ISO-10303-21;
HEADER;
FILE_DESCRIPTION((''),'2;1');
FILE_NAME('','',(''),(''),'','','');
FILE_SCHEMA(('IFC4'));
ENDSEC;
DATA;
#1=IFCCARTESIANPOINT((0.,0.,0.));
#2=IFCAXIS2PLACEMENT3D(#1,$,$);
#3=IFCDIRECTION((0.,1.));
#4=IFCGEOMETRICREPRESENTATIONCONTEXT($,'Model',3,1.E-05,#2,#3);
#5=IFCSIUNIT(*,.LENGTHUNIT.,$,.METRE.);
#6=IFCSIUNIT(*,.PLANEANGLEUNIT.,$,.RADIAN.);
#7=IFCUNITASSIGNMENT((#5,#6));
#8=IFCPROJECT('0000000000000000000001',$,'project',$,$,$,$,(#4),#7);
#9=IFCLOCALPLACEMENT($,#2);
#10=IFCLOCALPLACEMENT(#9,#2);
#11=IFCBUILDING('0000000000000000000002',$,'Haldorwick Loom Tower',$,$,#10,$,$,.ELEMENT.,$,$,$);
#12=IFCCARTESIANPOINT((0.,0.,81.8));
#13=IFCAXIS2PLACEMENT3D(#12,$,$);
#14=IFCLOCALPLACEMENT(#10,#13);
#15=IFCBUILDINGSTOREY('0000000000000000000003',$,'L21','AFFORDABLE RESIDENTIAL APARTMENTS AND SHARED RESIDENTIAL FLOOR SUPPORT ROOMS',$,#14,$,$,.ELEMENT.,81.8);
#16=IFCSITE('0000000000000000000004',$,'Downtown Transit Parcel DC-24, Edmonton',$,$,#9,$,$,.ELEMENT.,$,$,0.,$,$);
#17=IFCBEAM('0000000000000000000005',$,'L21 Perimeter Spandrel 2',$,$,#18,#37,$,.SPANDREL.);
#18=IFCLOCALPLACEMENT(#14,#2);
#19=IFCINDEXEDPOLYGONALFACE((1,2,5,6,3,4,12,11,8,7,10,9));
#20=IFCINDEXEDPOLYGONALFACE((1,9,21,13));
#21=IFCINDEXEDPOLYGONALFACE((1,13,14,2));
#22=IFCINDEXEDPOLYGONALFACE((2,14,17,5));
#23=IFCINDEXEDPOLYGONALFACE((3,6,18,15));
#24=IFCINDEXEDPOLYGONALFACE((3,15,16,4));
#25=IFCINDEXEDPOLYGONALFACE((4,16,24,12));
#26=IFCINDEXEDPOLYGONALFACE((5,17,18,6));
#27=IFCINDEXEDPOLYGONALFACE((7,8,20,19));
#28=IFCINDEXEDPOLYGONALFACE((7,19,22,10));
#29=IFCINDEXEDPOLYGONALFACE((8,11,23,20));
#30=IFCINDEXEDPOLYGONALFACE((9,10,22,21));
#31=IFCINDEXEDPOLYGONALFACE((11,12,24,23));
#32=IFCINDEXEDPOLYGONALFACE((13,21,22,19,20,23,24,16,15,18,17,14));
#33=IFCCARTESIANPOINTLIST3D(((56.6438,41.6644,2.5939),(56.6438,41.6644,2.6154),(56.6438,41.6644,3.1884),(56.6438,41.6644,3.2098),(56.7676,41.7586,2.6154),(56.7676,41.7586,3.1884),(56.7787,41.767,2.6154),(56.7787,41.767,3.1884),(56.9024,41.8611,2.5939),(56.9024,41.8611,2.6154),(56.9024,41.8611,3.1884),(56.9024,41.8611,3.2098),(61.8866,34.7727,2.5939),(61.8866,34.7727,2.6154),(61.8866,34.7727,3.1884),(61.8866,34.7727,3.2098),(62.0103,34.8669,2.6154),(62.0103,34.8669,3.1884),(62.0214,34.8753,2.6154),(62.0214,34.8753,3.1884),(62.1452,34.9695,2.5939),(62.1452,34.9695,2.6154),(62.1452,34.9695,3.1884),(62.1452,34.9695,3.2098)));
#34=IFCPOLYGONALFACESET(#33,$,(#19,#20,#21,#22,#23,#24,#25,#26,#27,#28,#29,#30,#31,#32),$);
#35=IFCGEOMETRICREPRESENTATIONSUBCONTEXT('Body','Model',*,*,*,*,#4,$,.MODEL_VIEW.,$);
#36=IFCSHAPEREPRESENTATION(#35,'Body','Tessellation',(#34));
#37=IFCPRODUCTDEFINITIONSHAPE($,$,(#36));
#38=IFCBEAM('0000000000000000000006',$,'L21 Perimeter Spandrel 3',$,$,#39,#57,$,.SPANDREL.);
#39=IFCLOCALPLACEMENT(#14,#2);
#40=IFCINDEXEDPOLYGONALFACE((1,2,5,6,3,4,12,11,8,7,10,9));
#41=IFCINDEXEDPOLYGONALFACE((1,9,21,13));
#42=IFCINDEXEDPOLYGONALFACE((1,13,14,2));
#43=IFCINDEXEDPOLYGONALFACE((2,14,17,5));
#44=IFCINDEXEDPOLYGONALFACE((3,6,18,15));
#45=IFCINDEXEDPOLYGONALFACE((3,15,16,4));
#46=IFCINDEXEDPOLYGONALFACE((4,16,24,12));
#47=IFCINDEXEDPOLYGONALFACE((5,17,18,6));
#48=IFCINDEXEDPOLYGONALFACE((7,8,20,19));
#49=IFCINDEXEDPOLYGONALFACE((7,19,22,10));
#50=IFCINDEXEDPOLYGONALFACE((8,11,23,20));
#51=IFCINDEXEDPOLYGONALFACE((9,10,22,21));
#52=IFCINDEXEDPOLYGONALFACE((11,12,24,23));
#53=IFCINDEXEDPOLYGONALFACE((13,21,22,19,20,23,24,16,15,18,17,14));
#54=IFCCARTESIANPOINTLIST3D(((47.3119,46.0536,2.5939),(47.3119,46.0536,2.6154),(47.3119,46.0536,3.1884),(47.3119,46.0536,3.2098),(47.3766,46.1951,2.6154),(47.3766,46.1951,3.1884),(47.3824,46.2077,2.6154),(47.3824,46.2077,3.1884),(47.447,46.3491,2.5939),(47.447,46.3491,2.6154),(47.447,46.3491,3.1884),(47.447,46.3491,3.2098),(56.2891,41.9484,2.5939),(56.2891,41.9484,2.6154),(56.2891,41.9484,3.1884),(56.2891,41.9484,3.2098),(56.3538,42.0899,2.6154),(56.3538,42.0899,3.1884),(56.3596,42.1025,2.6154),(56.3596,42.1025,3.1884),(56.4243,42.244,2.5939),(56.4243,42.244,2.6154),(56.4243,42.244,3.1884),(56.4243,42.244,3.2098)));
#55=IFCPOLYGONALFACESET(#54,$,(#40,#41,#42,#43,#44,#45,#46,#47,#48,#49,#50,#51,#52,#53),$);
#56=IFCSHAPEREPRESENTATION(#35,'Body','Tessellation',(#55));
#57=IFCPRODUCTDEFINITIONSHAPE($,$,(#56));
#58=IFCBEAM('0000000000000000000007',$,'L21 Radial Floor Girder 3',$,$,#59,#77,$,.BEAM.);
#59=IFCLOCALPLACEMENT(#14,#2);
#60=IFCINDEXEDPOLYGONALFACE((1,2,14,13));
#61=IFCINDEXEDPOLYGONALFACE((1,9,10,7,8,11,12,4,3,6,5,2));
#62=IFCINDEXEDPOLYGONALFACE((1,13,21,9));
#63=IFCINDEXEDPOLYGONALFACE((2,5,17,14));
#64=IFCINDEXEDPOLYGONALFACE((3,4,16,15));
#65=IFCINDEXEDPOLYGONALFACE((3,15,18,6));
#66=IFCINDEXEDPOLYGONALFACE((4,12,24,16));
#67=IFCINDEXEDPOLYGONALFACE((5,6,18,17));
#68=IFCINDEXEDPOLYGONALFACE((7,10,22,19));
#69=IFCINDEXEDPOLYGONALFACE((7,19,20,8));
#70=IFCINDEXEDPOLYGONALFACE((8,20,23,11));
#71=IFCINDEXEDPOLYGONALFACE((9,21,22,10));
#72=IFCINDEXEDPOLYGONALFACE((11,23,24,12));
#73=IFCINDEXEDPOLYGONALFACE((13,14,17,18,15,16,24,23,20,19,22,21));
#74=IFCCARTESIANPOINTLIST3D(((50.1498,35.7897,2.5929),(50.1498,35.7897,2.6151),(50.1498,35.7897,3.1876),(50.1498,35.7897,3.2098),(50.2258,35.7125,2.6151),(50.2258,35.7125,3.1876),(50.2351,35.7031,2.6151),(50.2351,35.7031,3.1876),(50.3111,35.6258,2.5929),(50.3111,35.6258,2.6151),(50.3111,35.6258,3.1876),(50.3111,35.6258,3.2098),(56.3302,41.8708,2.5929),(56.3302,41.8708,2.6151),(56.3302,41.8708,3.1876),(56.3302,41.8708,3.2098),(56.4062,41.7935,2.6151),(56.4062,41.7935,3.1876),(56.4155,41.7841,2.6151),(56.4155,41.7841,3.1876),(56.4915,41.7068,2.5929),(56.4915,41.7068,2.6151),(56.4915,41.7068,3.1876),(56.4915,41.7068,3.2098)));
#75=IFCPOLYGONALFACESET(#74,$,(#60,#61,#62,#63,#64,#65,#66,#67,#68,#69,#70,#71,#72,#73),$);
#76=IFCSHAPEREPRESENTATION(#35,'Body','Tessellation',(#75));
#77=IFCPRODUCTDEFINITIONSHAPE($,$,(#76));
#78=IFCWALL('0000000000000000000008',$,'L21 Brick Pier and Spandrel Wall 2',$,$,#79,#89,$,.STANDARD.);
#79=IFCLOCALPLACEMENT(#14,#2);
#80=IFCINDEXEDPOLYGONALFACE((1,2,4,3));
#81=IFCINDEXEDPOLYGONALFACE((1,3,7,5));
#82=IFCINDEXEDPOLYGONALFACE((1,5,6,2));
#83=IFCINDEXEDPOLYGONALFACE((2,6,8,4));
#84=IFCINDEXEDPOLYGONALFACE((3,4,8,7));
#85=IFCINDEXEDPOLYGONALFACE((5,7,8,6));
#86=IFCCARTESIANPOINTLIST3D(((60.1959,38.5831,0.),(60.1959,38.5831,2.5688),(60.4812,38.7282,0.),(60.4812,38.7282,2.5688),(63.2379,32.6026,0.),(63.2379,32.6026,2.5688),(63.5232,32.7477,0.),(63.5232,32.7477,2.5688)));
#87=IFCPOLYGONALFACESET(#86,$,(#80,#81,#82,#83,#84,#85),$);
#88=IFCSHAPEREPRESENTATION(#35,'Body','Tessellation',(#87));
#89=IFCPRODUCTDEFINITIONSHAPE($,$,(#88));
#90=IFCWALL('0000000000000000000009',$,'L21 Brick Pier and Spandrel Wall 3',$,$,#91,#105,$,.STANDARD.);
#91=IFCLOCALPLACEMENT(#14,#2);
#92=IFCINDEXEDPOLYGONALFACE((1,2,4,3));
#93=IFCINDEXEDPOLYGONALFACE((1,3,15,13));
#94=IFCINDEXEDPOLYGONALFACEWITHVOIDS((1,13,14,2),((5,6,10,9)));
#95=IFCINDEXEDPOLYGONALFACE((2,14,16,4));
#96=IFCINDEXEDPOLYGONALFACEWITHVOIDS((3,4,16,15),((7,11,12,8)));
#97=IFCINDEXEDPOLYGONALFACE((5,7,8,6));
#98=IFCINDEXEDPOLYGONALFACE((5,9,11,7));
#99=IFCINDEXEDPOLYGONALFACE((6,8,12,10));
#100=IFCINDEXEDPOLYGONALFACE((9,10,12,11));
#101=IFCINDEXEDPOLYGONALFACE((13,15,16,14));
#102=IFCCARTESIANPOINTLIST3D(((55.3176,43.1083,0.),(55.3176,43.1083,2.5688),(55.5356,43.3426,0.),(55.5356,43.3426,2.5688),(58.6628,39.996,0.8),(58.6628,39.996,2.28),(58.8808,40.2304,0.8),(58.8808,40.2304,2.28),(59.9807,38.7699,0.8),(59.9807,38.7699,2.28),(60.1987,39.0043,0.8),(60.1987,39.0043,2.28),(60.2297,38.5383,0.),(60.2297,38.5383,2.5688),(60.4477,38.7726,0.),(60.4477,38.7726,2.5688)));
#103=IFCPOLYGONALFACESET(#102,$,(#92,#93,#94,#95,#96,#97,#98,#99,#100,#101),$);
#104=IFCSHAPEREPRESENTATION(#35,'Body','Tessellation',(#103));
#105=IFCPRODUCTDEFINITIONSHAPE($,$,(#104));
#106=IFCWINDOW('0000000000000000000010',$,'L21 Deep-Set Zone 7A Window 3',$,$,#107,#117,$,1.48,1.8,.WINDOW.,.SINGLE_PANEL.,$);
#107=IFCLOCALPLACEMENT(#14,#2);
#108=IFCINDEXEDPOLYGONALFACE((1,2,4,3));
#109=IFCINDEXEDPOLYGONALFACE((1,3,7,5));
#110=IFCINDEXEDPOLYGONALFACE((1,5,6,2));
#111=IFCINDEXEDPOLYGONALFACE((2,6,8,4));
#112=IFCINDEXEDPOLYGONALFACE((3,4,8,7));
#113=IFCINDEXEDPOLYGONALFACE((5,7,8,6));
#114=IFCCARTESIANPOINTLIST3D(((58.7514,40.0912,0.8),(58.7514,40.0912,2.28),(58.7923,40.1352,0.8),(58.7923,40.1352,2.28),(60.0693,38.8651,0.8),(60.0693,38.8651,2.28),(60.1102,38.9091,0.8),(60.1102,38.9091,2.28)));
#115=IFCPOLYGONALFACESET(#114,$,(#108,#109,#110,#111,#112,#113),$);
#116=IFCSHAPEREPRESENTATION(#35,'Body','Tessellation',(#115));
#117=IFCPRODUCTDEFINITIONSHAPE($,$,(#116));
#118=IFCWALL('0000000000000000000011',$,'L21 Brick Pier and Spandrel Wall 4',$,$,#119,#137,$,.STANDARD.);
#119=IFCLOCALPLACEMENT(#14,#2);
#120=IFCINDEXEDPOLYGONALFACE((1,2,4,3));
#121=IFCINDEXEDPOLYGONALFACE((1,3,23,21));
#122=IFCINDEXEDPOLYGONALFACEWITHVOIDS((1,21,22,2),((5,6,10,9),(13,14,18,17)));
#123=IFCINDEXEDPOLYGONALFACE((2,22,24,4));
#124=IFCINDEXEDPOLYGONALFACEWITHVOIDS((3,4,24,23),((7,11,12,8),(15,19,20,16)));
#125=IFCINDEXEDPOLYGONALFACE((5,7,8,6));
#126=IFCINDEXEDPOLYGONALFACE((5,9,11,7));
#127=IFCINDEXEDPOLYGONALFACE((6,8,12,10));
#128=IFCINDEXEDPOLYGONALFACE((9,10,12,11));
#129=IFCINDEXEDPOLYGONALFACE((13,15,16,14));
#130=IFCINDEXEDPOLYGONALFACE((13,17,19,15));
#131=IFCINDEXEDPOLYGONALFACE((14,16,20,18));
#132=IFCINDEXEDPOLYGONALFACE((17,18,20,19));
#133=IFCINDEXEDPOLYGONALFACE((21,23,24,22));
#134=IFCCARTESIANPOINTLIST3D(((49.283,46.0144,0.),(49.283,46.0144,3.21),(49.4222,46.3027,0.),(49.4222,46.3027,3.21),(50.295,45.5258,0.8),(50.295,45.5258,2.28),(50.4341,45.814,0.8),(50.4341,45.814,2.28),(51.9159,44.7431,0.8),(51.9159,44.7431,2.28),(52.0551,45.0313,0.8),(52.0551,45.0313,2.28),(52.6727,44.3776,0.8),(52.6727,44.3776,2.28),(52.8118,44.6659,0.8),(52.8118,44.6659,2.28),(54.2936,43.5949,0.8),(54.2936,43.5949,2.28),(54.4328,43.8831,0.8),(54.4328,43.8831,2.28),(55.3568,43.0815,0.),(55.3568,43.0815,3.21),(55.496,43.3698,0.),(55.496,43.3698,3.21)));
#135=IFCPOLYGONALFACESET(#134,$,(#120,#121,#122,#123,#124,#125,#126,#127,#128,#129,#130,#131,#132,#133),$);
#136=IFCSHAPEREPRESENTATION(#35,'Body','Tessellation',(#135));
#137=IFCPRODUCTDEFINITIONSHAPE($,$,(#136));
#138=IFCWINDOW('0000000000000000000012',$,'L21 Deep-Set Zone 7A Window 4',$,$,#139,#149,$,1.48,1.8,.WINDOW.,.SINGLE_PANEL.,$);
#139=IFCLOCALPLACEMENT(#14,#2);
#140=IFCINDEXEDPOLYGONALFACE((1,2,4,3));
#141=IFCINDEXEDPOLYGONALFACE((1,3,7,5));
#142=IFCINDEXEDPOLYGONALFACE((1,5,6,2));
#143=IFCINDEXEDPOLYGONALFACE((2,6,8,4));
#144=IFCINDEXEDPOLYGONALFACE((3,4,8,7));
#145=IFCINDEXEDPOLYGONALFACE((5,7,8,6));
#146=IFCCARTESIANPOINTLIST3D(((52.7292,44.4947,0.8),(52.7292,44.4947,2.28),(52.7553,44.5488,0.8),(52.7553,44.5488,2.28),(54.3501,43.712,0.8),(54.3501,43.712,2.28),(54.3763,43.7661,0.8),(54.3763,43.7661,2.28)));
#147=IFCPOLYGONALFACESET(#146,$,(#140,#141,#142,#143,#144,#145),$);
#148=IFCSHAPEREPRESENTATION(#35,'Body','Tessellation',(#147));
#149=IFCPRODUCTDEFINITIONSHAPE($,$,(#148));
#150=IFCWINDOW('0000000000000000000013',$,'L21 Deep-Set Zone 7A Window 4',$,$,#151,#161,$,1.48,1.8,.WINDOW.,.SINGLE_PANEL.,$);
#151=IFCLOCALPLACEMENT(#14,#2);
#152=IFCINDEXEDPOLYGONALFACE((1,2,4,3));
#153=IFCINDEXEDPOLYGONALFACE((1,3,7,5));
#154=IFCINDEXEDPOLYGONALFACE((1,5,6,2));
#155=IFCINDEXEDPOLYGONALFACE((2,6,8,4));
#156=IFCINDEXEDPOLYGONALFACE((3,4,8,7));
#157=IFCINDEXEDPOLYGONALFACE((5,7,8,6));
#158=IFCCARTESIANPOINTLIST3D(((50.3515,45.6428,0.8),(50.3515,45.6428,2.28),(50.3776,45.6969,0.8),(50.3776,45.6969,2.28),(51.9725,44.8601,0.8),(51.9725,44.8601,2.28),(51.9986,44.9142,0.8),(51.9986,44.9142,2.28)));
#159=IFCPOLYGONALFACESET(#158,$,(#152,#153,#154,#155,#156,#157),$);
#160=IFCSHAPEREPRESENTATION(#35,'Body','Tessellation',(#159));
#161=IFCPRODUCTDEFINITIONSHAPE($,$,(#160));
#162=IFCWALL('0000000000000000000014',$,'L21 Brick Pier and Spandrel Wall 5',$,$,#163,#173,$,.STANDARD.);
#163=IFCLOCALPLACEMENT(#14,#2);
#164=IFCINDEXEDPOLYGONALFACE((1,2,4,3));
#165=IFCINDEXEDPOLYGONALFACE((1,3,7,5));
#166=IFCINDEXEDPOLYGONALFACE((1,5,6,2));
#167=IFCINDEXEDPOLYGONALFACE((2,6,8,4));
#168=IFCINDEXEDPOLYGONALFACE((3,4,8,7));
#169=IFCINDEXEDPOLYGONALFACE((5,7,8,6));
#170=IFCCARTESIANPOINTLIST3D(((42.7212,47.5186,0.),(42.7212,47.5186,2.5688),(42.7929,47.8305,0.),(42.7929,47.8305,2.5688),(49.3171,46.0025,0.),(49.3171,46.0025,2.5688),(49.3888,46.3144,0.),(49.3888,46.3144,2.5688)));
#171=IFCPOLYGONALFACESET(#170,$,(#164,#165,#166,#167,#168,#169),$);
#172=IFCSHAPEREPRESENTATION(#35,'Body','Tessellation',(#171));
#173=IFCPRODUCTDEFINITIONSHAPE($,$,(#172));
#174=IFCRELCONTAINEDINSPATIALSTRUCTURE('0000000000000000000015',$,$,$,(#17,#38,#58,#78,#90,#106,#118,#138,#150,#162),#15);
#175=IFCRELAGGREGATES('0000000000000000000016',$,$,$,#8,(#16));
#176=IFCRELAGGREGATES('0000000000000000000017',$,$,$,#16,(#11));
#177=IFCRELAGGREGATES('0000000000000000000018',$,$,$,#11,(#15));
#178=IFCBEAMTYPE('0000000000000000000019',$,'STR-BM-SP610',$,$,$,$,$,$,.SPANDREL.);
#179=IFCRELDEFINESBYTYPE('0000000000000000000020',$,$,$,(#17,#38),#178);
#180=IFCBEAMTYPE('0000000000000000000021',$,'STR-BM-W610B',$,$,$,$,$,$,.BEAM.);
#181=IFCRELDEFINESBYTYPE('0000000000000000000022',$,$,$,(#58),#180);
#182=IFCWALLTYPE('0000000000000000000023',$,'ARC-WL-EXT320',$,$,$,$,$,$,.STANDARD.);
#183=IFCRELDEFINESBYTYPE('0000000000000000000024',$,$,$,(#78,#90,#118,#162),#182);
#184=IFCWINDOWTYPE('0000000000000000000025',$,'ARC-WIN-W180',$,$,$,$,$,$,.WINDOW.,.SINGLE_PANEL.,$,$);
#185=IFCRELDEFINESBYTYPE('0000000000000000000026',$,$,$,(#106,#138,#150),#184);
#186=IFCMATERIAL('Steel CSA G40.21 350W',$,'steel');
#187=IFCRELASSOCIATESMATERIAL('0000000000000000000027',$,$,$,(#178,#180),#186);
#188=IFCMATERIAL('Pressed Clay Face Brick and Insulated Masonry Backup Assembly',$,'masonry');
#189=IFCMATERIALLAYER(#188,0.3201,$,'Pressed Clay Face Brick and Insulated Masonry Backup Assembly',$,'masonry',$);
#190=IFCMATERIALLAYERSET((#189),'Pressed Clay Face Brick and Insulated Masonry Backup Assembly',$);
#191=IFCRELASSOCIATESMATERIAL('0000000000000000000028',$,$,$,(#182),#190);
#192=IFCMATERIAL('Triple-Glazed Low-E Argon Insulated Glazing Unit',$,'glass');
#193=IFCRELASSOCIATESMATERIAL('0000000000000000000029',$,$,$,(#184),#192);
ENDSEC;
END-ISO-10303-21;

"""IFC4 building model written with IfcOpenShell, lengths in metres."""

from ifc_helpers import new_model, si_unit, direction, frame, frame_2d, origin, origin_2d, place, context, subcontext, project, spatial, rectangle, i_section, extrude, material, layer, layer_set, material_profile, profile_set, type_object, element, fill, save


model = new_model("IFC4")

# Units and contexts
model_context = context("Model", 3, precision=1e-05, world=origin(), true_north=direction((0.0, 1.0)))
body_context = subcontext(model_context, "Body", "Model", "MODEL_VIEW")
ifc_project = project(units=[si_unit("LENGTHUNIT", "METRE"), si_unit("PLANEANGLEUNIT", "RADIAN")], contexts=[model_context])

# Site, building, storey
site_placement = place(None, origin())
site = spatial("IfcSite", under=ifc_project, at=site_placement, Name="Downtown Transit Parcel DC-24, Edmonton", CompositionType="ELEMENT", RefElevation=0.0)
building_placement = place(site_placement, origin())
building = spatial("IfcBuilding", under=site, at=building_placement, Name="Haldorwick Loom Tower", CompositionType="ELEMENT")
storey_placement = place(building_placement, frame((0.0, 0.0, 81.8)))
storey = spatial("IfcBuildingStorey", under=building, at=storey_placement, Name="L21", Description="AFFORDABLE RESIDENTIAL APARTMENTS AND SHARED RESIDENTIAL FLOOR SUPPORT ROOMS", CompositionType="ELEMENT", Elevation=81.8)

# Beams
ifc_material_1 = material(Name="Steel CSA G40.21 350W", Category="steel")
ifc_material_profile_1 = material_profile(ifc_material_1, i_section(OverallWidth=0.325, OverallDepth=0.616, WebThickness=0.0139, FlangeThickness=0.0215, at=origin_2d()), Name="W610X174", Category="steel")
ifc_profile_set_1 = profile_set([ifc_material_profile_1], Name="Steel CSA G40.21 350W")
beam_type_1 = type_object("IfcBeamType", Name="STR-BM-SP610", PredefinedType="SPANDREL", material=ifc_profile_set_1)
beam_1_placement = place(storey_placement, frame((62.0159, 34.8711, 2.9019), z_axis=(-0.605454, 0.795881, 0.0), x_axis=(-0.795881, -0.605454, 0.0)))
element("IfcBeam", 1, at=beam_1_placement, inside=storey, type_object=beam_type_1, Name="L21 Perimeter Spandrel 2", PredefinedType="SPANDREL", context=body_context, shape_type="SweptSolid", body=[
    extrude(i_section(OverallWidth=0.325, OverallDepth=0.616, WebThickness=0.0139, FlangeThickness=0.0215, at=origin_2d()), origin(), (0.0, 0.0, 1.0), 8.6592),
])
beam_2_placement = place(storey_placement, frame((56.3567, 42.0962, 2.9019), z_axis=(-0.909424, 0.41587, 0.0), x_axis=(-0.41587, -0.909424, 0.0)))
element("IfcBeam", 2, at=beam_2_placement, inside=storey, type_object=beam_type_1, Name="L21 Perimeter Spandrel 3", PredefinedType="SPANDREL", context=body_context, shape_type="SweptSolid", body=[
    extrude(i_section(OverallWidth=0.325, OverallDepth=0.616, WebThickness=0.0139, FlangeThickness=0.0215, at=origin_2d()), origin(), (0.0, 0.0, 1.0), 9.8713),
])
ifc_material_profile_2 = material_profile(ifc_material_1, i_section(OverallWidth=0.23, OverallDepth=0.6169, WebThickness=0.0132, FlangeThickness=0.0222, at=origin_2d()), Name="W610X140", Category="steel")
ifc_profile_set_2 = profile_set([ifc_material_profile_2], Name="Steel CSA G40.21 350W")
beam_type_2 = type_object("IfcBeamType", Name="STR-BM-W610B", PredefinedType="BEAM", material=ifc_profile_set_2)
beam_3_placement = place(storey_placement, frame((50.2305, 35.7078, 2.9014), z_axis=(0.712814, 0.701353, 0.0), x_axis=(-0.701353, 0.712814, 0.0)))
element("IfcBeam", 3, at=beam_3_placement, inside=storey, type_object=beam_type_2, Name="L21 Radial Floor Girder 3", PredefinedType="BEAM", context=body_context, shape_type="SweptSolid", body=[
    extrude(i_section(OverallWidth=0.23, OverallDepth=0.6169, WebThickness=0.0132, FlangeThickness=0.0222, at=origin_2d()), origin(), (0.0, 0.0, 1.0), 8.6704),
])

# Wall
ifc_material_2 = material(Name="Pressed Clay Face Brick and Insulated Masonry Backup Assembly", Category="masonry")
ifc_layer_1 = layer(ifc_material_2, 0.3201, Name="Pressed Clay Face Brick and Insulated Masonry Backup Assembly", Category="masonry")
ifc_layer_set_1 = layer_set([ifc_layer_1], Name="Pressed Clay Face Brick and Insulated Masonry Backup Assembly")
wall_type_1 = type_object("IfcWallType", Name="ARC-WL-EXT320", PredefinedType="STANDARD", material=ifc_layer_set_1)
wall_1_placement = place(storey_placement, frame((63.3806, 32.675, 0.0), z_axis=(0.0, 0.0, 1.0), x_axis=(-0.453374, 0.89132, 0.0)))
element("IfcWall", 4, at=wall_1_placement, inside=storey, type_object=wall_type_1, Name="L21 Brick Pier and Spandrel Wall 2", PredefinedType="STANDARD", context=body_context, shape_type="SweptSolid", body=[
    extrude(rectangle(XDim=6.7097, YDim=0.3201, at=frame_2d((3.355, 0.0))), origin(), (0.0, 0.0, 1.0), 2.5688),
])

# Wall, opening, window
wall_2_placement = place(storey_placement, frame((60.3386, 38.6555, 0.0), z_axis=(0.0, 0.0, 1.0), x_axis=(-0.732137, 0.681157, 0.0)))
wall_2 = element("IfcWall", 5, at=wall_2_placement, inside=storey, type_object=wall_type_1, Name="L21 Brick Pier and Spandrel Wall 3", PredefinedType="STANDARD", context=body_context, shape_type="SweptSolid", body=[
    extrude(rectangle(XDim=6.7092, YDim=0.3201, at=frame_2d((3.3545, 0.0))), origin(), (0.0, 0.0, 1.0), 2.5688),
])
opening_1_placement = place(wall_2_placement, frame((0.3401, 0.0, 0.8)))
opening_1 = element("IfcOpeningElement", 6, at=opening_1_placement, cuts=wall_2, PredefinedType="OPENING", context=body_context, shape_type="SweptSolid", body=[
    extrude(rectangle(XDim=1.8, YDim=1.48, at=frame_2d((0.8999, 0.74))), frame((0.0, 0.1699, 0.0), z_axis=(0.0, -1.0, 0.0), x_axis=(1.0, 0.0, 0.0)), (0.0, 0.0, 1.0), 0.3401),
])
ifc_material_3 = material(Name="Triple-Glazed Low-E Argon Insulated Glazing Unit", Category="glass")
window_type = type_object("IfcWindowType", Name="ARC-WIN-W180", PartitioningType="SINGLE_PANEL", PredefinedType="WINDOW", material=ifc_material_3)
window_1_placement = place(opening_1_placement, origin())
window_1 = element("IfcWindow", 7, at=window_1_placement, inside=storey, type_object=window_type, Name="L21 Deep-Set Zone 7A Window 3", OverallHeight=1.48, OverallWidth=1.8, PartitioningType="SINGLE_PANEL", PredefinedType="WINDOW", context=body_context, shape_type="SweptSolid", body=[
    extrude(rectangle(XDim=1.8, YDim=1.48, at=frame_2d((0.8999, 0.74))), frame((0.0, 0.03, 0.0), z_axis=(0.0, -1.0, 0.0), x_axis=(1.0, 0.0, 0.0)), (0.0, 0.0, 1.0), 0.0601),
])
fill(opening_1, window_1)

# Wall, openings, windows
wall_3_placement = place(storey_placement, frame((55.4265, 43.2256, 0.0), z_axis=(0.0, 0.0, 1.0), x_axis=(-0.90051, 0.434835, 0.0)))
wall_3 = element("IfcWall", 8, at=wall_3_placement, inside=storey, type_object=wall_type_1, Name="L21 Brick Pier and Spandrel Wall 4", PredefinedType="STANDARD", context=body_context, shape_type="SweptSolid", body=[
    extrude(rectangle(XDim=6.7449, YDim=0.3201, at=frame_2d((3.3726, 0.0))), origin(), (0.0, 0.0, 1.0), 3.21),
])
opening_2_placement = place(wall_3_placement, frame((1.1809, 0.0, 0.8)))
opening_2 = element("IfcOpeningElement", 9, at=opening_2_placement, cuts=wall_3, PredefinedType="OPENING", context=body_context, shape_type="SweptSolid", body=[
    extrude(rectangle(XDim=1.8, YDim=1.48, at=frame_2d((0.8999, 0.74))), frame((0.0, 0.1699, 0.0), z_axis=(0.0, -1.0, 0.0), x_axis=(1.0, 0.0, 0.0)), (0.0, 0.0, 1.0), 0.3401),
])
opening_3_placement = place(wall_3_placement, frame((3.8213, 0.0, 0.8)))
opening_3 = element("IfcOpeningElement", 10, at=opening_3_placement, cuts=wall_3, PredefinedType="OPENING", context=body_context, shape_type="SweptSolid", body=[
    extrude(rectangle(XDim=1.8, YDim=1.48, at=frame_2d((0.8999, 0.74))), frame((0.0, 0.1699, 0.0), z_axis=(0.0, -1.0, 0.0), x_axis=(1.0, 0.0, 0.0)), (0.0, 0.0, 1.0), 0.3401),
])
window_2_placement = place(opening_2_placement, origin())
window_2 = element("IfcWindow", 11, at=window_2_placement, inside=storey, type_object=window_type, Name="L21 Deep-Set Zone 7A Window 4", OverallHeight=1.48, OverallWidth=1.8, PartitioningType="SINGLE_PANEL", PredefinedType="WINDOW", context=body_context, shape_type="SweptSolid", body=[
    extrude(rectangle(XDim=1.8, YDim=1.48, at=frame_2d((0.8999, 0.74))), frame((0.0, 0.03, 0.0), z_axis=(0.0, -1.0, 0.0), x_axis=(1.0, 0.0, 0.0)), (0.0, 0.0, 1.0), 0.0601),
])
fill(opening_2, window_2)
window_3_placement = place(opening_3_placement, origin())
window_3 = element("IfcWindow", 12, at=window_3_placement, inside=storey, type_object=window_type, Name="L21 Deep-Set Zone 7A Window 4", OverallHeight=1.48, OverallWidth=1.8, PartitioningType="SINGLE_PANEL", PredefinedType="WINDOW", context=body_context, shape_type="SweptSolid", body=[
    extrude(rectangle(XDim=1.8, YDim=1.48, at=frame_2d((0.8999, 0.74))), frame((0.0, 0.03, 0.0), z_axis=(0.0, -1.0, 0.0), x_axis=(1.0, 0.0, 0.0)), (0.0, 0.0, 1.0), 0.0601),
])
fill(opening_3, window_3)

# Wall
wall_4_placement = place(storey_placement, frame((49.3528, 46.1584, 0.0), z_axis=(0.0, 0.0, 1.0), x_axis=(-0.974584, 0.224022, 0.0)))
element("IfcWall", 13, at=wall_4_placement, inside=storey, type_object=wall_type_1, Name="L21 Brick Pier and Spandrel Wall 5", PredefinedType="STANDARD", context=body_context, shape_type="SweptSolid", body=[
    extrude(rectangle(XDim=6.7678, YDim=0.3201, at=frame_2d((3.3838, 0.0))), origin(), (0.0, 0.0, 1.0), 2.5688),
])

save(model, "model.ifc")
